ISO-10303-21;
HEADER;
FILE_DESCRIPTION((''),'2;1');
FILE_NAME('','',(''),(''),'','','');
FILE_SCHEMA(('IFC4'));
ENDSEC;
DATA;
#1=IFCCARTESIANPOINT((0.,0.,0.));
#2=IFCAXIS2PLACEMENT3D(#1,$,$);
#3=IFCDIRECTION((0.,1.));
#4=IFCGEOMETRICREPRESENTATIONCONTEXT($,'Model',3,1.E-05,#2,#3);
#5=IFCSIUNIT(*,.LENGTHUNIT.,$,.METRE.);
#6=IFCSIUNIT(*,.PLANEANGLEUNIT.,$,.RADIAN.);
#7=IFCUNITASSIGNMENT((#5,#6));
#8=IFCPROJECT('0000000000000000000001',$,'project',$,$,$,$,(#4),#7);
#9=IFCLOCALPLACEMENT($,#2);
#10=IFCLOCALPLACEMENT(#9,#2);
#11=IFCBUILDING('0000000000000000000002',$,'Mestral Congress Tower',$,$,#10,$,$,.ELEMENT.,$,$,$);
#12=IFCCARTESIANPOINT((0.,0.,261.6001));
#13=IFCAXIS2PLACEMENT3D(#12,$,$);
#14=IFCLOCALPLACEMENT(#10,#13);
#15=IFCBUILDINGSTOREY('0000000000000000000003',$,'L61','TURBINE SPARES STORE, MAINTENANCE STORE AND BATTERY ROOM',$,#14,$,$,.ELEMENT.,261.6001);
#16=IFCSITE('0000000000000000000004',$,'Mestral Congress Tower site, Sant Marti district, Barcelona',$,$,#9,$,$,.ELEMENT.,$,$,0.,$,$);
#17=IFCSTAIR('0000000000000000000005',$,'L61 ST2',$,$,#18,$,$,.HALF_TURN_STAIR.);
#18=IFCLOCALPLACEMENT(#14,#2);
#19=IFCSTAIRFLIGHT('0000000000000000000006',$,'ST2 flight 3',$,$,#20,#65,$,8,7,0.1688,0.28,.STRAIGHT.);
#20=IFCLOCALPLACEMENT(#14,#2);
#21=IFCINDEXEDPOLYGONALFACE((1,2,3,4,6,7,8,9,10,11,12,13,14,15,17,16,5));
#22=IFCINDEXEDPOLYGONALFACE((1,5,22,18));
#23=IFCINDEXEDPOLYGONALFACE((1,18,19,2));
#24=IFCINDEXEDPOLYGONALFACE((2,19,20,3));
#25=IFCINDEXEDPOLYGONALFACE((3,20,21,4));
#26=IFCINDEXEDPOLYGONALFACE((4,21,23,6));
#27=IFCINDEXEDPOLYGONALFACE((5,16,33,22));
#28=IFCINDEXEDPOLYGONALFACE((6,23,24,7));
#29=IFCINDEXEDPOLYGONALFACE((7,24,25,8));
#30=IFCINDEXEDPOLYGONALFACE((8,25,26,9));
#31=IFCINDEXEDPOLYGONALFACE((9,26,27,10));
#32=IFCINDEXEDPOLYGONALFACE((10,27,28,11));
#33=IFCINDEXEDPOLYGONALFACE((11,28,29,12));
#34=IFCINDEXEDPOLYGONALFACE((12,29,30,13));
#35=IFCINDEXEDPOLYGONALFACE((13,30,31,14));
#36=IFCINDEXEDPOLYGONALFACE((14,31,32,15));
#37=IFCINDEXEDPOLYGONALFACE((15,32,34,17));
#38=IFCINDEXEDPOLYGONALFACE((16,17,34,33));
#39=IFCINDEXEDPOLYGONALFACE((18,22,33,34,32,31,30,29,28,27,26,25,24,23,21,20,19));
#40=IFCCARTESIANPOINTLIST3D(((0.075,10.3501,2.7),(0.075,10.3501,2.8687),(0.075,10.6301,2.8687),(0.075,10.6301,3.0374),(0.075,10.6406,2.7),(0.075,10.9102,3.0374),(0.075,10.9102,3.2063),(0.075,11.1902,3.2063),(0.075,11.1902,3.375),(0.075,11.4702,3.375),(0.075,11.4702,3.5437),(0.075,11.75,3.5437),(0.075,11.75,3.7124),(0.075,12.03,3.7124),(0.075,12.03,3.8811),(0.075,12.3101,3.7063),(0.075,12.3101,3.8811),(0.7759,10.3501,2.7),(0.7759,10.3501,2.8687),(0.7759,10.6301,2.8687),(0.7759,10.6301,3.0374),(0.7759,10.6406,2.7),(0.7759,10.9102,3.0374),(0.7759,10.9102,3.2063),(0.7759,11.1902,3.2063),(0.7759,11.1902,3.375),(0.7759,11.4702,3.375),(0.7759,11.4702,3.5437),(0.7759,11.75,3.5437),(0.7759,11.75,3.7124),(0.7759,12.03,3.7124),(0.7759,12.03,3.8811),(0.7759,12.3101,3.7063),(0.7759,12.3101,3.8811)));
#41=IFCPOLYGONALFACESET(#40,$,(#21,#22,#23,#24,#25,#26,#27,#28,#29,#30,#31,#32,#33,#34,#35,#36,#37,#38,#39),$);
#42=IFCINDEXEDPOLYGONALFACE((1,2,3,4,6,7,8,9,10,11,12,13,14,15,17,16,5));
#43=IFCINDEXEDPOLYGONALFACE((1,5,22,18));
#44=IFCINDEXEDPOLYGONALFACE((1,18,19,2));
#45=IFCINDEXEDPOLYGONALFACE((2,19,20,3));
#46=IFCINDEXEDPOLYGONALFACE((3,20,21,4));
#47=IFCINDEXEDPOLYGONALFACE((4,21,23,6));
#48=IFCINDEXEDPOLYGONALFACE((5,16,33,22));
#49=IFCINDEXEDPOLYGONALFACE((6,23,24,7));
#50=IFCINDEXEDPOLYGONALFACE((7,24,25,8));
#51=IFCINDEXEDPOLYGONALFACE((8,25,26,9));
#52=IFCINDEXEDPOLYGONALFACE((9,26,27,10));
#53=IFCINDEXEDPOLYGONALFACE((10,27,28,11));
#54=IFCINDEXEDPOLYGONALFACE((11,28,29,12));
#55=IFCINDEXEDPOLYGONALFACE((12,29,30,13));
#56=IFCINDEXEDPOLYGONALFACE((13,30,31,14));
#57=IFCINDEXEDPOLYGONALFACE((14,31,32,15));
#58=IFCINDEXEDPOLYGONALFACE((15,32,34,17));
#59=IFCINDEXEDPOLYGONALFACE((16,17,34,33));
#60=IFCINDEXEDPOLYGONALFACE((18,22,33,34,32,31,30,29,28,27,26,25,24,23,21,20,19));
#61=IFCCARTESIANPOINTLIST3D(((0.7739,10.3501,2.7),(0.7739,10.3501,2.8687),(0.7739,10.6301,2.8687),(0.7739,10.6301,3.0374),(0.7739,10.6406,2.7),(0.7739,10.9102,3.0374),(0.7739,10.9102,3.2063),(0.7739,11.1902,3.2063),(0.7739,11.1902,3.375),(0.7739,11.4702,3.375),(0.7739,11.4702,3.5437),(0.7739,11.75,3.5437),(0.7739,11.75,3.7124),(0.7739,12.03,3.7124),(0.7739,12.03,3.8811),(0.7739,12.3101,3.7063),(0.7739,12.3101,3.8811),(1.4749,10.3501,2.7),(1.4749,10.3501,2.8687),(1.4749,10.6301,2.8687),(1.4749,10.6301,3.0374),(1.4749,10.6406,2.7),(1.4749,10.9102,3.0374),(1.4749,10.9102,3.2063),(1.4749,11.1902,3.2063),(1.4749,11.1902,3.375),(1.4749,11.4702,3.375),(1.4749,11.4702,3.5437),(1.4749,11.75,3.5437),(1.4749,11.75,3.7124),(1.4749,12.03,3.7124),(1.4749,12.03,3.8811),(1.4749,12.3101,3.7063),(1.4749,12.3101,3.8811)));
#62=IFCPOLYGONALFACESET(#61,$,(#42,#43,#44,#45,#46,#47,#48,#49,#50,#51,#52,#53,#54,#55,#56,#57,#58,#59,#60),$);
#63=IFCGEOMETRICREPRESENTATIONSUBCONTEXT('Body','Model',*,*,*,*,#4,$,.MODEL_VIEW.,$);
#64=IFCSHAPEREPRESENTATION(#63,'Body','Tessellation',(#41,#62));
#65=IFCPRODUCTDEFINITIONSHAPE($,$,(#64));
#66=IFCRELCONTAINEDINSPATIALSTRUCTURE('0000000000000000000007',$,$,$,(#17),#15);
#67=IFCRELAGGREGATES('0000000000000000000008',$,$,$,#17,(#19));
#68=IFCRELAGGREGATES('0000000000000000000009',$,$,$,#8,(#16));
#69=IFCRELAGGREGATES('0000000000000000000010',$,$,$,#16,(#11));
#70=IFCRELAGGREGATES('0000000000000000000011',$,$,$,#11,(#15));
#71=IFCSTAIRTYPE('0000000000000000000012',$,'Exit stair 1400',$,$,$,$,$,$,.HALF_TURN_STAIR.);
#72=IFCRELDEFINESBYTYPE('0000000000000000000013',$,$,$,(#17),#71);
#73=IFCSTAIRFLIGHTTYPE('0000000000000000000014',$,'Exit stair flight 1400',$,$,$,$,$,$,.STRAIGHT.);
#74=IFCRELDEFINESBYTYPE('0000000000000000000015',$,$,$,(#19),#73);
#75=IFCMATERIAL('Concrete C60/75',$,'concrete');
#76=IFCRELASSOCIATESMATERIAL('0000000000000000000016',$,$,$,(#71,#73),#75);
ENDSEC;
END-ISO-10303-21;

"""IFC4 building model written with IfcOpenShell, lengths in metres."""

from ifc_helpers import new_model, si_unit, direction, frame, origin, place, context, subcontext, project, spatial, polyline, outline, extrude, material, type_object, element, aggregate, save


model = new_model("IFC4")

# Units and contexts
model_context = context("Model", 3, precision=1e-05, world=origin(), true_north=direction((0.0, 1.0)))
body_context = subcontext(model_context, "Body", "Model", "MODEL_VIEW")
ifc_project = project(units=[si_unit("LENGTHUNIT", "METRE"), si_unit("PLANEANGLEUNIT", "RADIAN")], contexts=[model_context])

# Site, building, storey
site_placement = place(None, origin())
site = spatial("IfcSite", under=ifc_project, at=site_placement, Name="Mestral Congress Tower site, Sant Marti district, Barcelona", CompositionType="ELEMENT", RefElevation=0.0)
building_placement = place(site_placement, origin())
building = spatial("IfcBuilding", under=site, at=building_placement, Name="Mestral Congress Tower", CompositionType="ELEMENT")
storey_placement = place(building_placement, frame((0.0, 0.0, 261.6001)))
storey = spatial("IfcBuildingStorey", under=building, at=storey_placement, Name="L61", Description="TURBINE SPARES STORE, MAINTENANCE STORE AND BATTERY ROOM", CompositionType="ELEMENT", Elevation=261.6001)

# Shared definitions
ifc_material_1 = material(Name="Concrete C60/75", Category="concrete")

# Shared definitions
placement = place(storey_placement, origin())

# Stair, stair flight
stair_type = type_object("IfcStairType", Name="Exit stair 1400", PredefinedType="HALF_TURN_STAIR", material=ifc_material_1)
stair = element("IfcStair", 1, at=placement, inside=storey, type_object=stair_type, Name="L61 ST2", PredefinedType="HALF_TURN_STAIR")
stair_flight_type = type_object("IfcStairFlightType", Name="Exit stair flight 1400", PredefinedType="STRAIGHT", material=ifc_material_1)
stair_flight_1_placement = place(storey_placement, frame((0.7749, 10.3501, 2.7), z_axis=(0.0, 0.0, 1.0), x_axis=(0.0, 1.0, 0.0)))
stair_flight_1 = element("IfcStairFlight", 2, at=stair_flight_1_placement, type_object=stair_flight_type, Name="ST2 flight 3", NumberOfRisers=8, NumberOfTreads=7, PredefinedType="STRAIGHT", RiserHeight=0.1688, TreadLength=0.28, context=body_context, shape_type="SweptSolid", body=[
    extrude(outline(polyline([(0.0, 0.0), (0.0, 0.1687), (0.28, 0.1687), (0.28, 0.3374), (0.5601, 0.3374), (0.5601, 0.5063), (0.8401, 0.5063), (0.8401, 0.675), (1.1201, 0.675), (1.1201, 0.8438), (1.3999, 0.8438), (1.3999, 1.0125), (1.6799, 1.0125), (1.6799, 1.1812), (1.96, 1.1812), (1.96, 1.3501), (1.96, 1.0063), (0.2905, 0.0), (0.0, 0.0)])), frame((0.0, 0.7, 0.0), z_axis=(0.0, -1.0, 0.0), x_axis=(1.0, 0.0, 0.0)), (0.0, 0.0, 1.0), 0.7009),
    extrude(outline(polyline([(0.0, 0.0), (0.0, 0.1687), (0.28, 0.1687), (0.28, 0.3374), (0.5601, 0.3374), (0.5601, 0.5063), (0.8401, 0.5063), (0.8401, 0.675), (1.1201, 0.675), (1.1201, 0.8438), (1.3999, 0.8438), (1.3999, 1.0125), (1.6799, 1.0125), (1.6799, 1.1812), (1.96, 1.1812), (1.96, 1.3501), (1.96, 1.0063), (0.2905, 0.0), (0.0, 0.0)])), frame((0.0, 0.001, 0.0), z_axis=(0.0, -1.0, 0.0), x_axis=(1.0, 0.0, 0.0)), (0.0, 0.0, 1.0), 0.7009),
])
aggregate(stair, [stair_flight_1])

save(model, "model.ifc")
